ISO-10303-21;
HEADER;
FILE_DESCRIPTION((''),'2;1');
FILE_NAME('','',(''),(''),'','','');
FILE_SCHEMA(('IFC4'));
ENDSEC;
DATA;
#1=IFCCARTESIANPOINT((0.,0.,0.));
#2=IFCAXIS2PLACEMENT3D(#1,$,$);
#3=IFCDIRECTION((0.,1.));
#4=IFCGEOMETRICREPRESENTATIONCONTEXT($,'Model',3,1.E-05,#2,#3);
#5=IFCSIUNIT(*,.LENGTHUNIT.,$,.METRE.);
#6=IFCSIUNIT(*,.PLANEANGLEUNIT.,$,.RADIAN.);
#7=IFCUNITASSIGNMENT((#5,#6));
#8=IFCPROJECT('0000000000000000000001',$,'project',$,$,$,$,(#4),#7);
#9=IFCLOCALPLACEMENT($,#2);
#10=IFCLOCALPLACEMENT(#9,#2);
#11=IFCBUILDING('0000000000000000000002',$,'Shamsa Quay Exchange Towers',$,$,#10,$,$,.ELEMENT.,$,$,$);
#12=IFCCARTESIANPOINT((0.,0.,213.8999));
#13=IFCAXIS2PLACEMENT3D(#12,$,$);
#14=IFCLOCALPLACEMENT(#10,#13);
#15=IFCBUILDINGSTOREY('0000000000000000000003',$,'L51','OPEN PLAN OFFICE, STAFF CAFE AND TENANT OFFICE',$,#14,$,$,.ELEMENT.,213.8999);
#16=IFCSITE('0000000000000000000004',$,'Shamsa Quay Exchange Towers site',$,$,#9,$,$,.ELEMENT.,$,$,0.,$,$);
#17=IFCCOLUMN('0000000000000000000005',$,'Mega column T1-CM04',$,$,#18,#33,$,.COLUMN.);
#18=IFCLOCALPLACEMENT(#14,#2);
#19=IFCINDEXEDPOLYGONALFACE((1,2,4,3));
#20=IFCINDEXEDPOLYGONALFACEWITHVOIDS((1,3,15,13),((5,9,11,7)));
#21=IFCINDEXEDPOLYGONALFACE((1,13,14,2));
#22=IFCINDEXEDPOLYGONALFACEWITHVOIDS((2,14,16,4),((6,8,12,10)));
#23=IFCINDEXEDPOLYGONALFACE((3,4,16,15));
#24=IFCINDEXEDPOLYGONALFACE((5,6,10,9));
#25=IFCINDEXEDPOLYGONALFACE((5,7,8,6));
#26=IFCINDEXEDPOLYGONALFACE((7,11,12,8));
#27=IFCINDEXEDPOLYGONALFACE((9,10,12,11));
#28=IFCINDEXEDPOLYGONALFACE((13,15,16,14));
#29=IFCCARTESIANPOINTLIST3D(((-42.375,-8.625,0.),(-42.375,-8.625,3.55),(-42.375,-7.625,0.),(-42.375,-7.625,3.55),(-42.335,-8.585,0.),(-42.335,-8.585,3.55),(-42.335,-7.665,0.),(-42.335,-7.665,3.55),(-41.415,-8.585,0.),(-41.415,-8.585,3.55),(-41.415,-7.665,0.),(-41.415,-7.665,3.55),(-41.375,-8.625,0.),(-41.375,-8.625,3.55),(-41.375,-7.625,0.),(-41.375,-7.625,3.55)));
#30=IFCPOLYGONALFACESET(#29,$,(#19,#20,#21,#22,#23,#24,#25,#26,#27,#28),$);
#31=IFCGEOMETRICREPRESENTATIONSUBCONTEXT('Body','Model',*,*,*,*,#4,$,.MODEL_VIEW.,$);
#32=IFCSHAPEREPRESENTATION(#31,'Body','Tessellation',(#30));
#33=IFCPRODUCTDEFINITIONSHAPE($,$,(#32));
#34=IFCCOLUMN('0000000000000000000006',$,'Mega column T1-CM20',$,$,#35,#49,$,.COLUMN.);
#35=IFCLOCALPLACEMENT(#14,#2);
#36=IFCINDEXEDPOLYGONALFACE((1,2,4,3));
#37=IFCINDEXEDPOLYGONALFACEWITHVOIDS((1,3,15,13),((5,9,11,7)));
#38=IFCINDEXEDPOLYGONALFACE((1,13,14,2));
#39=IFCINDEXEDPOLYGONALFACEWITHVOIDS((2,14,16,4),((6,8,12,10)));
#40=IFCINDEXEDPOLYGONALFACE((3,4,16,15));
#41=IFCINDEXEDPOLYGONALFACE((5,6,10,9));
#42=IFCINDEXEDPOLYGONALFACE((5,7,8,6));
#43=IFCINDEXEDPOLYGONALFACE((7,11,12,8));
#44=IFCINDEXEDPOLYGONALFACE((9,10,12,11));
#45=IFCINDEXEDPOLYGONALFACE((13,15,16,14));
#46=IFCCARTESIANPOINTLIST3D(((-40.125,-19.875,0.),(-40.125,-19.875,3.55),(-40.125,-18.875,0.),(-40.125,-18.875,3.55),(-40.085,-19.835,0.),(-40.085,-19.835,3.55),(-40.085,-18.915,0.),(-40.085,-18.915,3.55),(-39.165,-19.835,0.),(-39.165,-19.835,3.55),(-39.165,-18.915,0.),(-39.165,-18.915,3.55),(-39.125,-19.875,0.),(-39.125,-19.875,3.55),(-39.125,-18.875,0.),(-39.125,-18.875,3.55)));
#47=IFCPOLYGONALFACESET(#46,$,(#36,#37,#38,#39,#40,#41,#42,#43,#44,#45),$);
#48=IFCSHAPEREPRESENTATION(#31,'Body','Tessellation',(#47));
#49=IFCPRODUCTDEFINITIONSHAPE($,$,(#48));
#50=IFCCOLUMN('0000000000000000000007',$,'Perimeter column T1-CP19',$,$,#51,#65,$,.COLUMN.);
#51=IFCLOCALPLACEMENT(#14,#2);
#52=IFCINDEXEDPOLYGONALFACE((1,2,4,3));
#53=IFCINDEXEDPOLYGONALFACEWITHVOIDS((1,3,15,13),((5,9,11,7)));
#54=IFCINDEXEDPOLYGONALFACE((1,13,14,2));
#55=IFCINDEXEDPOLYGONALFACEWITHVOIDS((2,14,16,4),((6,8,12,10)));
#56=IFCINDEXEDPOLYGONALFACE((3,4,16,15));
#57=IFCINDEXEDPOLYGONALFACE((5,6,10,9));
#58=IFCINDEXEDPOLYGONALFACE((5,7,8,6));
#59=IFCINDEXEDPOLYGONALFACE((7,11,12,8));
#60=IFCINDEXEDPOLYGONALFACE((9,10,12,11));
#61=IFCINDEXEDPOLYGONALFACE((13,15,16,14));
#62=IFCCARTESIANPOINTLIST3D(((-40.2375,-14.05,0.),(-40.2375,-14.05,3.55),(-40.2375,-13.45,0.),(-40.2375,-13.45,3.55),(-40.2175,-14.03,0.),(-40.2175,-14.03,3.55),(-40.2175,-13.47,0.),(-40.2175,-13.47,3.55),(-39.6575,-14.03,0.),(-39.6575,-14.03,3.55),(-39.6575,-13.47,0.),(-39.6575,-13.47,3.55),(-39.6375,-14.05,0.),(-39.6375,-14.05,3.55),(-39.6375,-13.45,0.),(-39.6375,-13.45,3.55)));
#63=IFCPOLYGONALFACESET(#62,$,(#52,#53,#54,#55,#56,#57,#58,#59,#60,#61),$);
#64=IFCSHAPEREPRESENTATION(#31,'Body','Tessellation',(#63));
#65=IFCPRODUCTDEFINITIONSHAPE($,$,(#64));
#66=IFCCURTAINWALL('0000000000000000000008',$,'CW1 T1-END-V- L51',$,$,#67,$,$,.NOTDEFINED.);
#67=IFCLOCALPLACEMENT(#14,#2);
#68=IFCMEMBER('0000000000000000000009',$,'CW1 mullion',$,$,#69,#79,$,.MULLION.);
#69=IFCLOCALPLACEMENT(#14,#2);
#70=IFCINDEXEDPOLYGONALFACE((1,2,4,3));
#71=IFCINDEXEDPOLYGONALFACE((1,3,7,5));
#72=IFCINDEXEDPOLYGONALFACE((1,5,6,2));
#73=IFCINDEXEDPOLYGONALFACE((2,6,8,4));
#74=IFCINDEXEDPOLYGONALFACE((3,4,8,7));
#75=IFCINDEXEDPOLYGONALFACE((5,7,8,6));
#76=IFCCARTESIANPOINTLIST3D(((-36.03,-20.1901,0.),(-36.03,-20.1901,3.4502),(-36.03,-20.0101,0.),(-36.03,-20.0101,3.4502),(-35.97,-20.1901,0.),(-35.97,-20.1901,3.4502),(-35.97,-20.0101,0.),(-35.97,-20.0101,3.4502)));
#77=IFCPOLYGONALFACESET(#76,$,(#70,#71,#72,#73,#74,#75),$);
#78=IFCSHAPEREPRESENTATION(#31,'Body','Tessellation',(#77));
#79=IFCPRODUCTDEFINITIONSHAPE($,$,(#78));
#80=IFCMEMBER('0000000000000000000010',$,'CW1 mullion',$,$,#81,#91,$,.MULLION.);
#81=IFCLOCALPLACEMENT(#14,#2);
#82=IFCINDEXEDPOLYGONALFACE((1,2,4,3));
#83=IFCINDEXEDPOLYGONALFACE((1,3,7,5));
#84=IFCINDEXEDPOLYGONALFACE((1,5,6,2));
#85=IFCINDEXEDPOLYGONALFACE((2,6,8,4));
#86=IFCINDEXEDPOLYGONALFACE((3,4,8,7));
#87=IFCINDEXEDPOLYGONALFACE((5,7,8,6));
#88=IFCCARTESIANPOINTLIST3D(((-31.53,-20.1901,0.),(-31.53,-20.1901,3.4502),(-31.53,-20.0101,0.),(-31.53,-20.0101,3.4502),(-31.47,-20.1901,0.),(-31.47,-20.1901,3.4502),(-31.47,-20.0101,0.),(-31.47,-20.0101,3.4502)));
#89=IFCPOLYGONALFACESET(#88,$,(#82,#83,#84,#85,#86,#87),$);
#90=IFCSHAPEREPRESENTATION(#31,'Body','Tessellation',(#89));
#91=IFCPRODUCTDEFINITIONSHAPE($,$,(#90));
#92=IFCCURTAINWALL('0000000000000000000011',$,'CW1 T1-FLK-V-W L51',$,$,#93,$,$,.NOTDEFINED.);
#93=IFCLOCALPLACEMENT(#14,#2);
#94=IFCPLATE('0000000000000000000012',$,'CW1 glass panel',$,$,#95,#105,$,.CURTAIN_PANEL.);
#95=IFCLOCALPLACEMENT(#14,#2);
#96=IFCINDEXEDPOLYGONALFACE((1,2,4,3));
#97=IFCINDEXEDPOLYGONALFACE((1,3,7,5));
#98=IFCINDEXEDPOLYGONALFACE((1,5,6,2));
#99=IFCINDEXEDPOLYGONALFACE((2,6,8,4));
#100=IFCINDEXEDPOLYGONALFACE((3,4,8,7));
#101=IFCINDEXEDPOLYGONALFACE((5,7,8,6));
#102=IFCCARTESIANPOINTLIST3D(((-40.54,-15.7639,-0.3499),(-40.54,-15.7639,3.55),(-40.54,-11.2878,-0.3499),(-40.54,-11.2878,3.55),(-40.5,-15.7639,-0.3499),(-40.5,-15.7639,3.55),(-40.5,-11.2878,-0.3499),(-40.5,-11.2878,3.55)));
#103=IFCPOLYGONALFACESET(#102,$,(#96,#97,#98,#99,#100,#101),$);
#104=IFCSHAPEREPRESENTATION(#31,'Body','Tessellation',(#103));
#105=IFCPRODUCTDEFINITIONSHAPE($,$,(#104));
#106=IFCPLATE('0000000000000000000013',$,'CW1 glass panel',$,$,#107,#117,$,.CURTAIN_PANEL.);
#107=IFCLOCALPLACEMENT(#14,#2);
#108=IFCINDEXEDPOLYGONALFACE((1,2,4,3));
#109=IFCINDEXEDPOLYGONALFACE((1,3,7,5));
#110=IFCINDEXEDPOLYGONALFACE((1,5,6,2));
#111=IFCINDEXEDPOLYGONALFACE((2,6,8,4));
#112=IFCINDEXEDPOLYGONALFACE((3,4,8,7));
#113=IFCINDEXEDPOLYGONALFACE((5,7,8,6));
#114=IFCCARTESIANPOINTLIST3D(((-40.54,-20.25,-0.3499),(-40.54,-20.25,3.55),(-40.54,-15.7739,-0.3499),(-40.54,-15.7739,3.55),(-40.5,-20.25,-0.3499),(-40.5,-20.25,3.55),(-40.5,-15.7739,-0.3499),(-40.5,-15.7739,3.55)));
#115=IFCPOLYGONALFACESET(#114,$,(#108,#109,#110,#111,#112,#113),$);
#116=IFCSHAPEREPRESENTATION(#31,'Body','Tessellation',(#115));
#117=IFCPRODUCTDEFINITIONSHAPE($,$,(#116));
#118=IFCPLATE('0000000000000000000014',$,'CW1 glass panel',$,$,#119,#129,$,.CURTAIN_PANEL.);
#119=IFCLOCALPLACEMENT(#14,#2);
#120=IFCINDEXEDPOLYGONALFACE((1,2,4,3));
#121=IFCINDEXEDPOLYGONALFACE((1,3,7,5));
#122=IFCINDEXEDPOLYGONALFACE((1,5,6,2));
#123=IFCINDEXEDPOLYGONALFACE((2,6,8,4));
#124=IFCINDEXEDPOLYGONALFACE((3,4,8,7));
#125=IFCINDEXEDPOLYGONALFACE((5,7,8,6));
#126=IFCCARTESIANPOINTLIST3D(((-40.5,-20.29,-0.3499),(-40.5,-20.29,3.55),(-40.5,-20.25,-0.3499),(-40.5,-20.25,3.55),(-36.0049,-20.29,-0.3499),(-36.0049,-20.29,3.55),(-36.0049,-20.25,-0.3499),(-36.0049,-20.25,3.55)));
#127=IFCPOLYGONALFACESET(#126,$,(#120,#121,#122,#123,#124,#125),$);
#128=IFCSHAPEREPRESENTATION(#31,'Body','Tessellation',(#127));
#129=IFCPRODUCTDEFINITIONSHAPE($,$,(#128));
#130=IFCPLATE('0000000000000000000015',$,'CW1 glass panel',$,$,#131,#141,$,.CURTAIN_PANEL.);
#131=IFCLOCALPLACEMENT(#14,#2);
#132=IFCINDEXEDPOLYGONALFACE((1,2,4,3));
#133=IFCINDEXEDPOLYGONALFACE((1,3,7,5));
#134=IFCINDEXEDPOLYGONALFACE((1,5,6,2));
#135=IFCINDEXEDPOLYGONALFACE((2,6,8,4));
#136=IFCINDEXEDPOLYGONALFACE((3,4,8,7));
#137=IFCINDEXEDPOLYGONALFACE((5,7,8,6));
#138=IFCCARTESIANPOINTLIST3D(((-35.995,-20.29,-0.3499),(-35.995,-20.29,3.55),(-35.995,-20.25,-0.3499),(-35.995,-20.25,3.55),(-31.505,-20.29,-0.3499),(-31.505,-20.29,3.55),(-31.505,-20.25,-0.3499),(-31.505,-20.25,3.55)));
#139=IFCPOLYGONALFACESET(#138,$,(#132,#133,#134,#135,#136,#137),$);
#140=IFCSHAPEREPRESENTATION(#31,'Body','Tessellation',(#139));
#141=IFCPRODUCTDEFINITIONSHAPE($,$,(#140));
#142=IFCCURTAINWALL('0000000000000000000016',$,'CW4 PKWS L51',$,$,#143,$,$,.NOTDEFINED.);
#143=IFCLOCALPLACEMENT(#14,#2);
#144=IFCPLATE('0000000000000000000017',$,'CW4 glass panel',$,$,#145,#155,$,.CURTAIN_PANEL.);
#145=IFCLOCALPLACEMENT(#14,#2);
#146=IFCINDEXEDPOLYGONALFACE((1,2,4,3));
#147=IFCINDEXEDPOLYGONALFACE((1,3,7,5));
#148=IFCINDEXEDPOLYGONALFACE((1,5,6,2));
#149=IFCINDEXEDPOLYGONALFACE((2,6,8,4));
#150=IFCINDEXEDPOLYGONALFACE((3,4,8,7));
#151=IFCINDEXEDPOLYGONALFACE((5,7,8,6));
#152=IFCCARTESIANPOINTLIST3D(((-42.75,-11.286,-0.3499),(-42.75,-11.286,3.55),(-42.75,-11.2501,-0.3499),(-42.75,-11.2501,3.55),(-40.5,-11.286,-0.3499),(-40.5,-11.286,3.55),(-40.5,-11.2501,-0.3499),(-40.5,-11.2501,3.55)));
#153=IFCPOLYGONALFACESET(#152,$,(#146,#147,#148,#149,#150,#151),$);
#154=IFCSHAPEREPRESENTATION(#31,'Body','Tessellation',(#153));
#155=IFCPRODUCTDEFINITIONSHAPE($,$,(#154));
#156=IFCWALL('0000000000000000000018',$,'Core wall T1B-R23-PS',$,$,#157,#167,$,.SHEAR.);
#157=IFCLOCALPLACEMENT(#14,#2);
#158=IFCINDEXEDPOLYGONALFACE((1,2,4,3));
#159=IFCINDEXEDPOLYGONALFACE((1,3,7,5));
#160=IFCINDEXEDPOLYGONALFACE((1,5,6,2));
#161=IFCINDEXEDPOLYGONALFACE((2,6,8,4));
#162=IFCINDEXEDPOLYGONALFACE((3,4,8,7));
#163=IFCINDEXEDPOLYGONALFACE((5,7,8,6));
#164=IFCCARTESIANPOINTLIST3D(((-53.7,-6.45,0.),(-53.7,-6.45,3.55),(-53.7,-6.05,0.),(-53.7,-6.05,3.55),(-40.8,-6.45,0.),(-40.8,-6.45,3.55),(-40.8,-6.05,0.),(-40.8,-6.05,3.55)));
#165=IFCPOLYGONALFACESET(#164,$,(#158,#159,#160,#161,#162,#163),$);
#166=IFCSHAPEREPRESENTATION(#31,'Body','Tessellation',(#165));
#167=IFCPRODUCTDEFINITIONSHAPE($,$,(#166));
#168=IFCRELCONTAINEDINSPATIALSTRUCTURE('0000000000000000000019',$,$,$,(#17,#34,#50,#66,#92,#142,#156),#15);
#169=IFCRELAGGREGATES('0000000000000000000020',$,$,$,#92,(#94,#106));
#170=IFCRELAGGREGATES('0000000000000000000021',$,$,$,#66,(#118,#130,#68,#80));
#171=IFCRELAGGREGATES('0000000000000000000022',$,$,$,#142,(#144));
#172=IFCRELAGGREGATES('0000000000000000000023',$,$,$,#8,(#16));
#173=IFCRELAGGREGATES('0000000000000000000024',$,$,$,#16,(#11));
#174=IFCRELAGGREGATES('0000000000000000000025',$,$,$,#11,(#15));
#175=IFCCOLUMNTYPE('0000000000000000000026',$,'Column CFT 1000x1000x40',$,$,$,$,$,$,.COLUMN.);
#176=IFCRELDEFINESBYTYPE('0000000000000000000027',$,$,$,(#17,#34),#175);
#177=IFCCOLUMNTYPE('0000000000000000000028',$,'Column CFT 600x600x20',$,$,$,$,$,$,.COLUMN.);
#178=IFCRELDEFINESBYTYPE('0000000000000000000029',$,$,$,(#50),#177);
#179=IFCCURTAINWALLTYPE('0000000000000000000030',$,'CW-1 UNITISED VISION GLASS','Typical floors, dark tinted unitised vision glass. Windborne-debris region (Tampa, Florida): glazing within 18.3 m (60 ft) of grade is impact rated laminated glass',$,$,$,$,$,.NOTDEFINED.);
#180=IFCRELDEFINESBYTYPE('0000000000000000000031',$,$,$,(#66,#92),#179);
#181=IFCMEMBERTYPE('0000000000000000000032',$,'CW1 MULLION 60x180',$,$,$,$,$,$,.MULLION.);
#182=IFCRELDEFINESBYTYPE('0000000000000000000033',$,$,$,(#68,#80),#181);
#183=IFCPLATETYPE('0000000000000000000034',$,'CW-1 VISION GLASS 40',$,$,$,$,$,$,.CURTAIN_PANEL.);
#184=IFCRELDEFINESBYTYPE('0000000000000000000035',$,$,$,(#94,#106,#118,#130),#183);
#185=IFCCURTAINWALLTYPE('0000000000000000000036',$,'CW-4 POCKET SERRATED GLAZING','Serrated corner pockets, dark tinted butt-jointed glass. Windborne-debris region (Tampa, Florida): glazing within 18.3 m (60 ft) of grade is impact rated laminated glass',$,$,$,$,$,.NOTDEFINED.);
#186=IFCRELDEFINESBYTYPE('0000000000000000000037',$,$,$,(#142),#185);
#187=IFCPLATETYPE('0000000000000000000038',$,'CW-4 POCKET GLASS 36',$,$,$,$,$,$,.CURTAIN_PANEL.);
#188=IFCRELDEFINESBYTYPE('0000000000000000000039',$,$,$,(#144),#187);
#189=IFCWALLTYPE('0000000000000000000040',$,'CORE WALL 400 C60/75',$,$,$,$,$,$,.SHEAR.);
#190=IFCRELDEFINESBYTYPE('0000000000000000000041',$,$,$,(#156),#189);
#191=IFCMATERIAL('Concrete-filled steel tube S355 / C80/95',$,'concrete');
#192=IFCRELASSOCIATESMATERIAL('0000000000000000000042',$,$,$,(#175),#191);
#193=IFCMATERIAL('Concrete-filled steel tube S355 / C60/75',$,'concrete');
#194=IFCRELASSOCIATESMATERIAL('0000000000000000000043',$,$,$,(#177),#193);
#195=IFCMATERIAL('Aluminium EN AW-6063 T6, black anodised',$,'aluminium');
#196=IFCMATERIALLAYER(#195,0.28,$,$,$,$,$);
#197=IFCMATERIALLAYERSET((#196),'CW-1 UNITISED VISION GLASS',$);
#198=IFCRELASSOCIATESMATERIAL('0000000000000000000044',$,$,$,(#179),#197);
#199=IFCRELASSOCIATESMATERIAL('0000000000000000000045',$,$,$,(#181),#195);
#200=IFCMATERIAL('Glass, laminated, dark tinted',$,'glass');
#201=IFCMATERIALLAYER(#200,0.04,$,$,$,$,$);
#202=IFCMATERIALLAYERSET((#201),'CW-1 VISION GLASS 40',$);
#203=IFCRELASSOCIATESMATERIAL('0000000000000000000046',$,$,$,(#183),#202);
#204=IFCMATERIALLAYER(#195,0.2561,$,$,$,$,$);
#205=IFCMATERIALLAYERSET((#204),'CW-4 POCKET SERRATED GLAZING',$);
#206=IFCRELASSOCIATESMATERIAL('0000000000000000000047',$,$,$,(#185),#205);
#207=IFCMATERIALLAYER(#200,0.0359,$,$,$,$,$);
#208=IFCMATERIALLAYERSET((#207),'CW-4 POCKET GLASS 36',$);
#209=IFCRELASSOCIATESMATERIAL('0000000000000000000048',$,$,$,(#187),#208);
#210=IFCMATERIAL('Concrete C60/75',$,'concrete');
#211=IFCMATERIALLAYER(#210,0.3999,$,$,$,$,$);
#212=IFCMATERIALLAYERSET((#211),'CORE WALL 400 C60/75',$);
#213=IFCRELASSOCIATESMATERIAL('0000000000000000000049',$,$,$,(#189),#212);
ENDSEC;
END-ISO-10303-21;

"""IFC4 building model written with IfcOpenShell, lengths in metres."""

from ifc_helpers import new_model, si_unit, direction, frame, frame_2d, origin, origin_2d, place, context, subcontext, project, spatial, rectangle, hollow_rectangle, extrude, material, layer, layer_set, material_profile, profile_set, type_object, element, aggregate, save


model = new_model("IFC4")

# Units and contexts
model_context = context("Model", 3, precision=1e-05, world=origin(), true_north=direction((0.0, 1.0)))
body_context = subcontext(model_context, "Body", "Model", "MODEL_VIEW")
ifc_project = project(units=[si_unit("LENGTHUNIT", "METRE"), si_unit("PLANEANGLEUNIT", "RADIAN")], contexts=[model_context])

# Site, building, storey
site_placement = place(None, origin())
site = spatial("IfcSite", under=ifc_project, at=site_placement, Name="Shamsa Quay Exchange Towers site", CompositionType="ELEMENT", RefElevation=0.0)
building_placement = place(site_placement, origin())
building = spatial("IfcBuilding", under=site, at=building_placement, Name="Shamsa Quay Exchange Towers", CompositionType="ELEMENT")
storey_placement = place(building_placement, frame((0.0, 0.0, 213.8999)))
storey = spatial("IfcBuildingStorey", under=building, at=storey_placement, Name="L51", Description="OPEN PLAN OFFICE, STAFF CAFE AND TENANT OFFICE", CompositionType="ELEMENT", Elevation=213.8999)

# Columns
ifc_material_1 = material(Name="Concrete-filled steel tube S355 / C80/95", Category="concrete")
ifc_material_profile_1 = material_profile(ifc_material_1, hollow_rectangle(XDim=1.0, YDim=1.0, WallThickness=0.04, at=origin_2d()), Name="CFT 1000x1000x40")
ifc_profile_set_1 = profile_set([ifc_material_profile_1], Name="Concrete-filled steel tube S355 / C80/95")
column_type_1 = type_object("IfcColumnType", Name="Column CFT 1000x1000x40", PredefinedType="COLUMN", material=ifc_profile_set_1)
for number, where, name in (
    (1, (-41.875, -8.125, 0.0), "Mega column T1-CM04"),
    (2, (-39.625, -19.375, 0.0), "Mega column T1-CM20"),
):
    element("IfcColumn", number, at=place(storey_placement, frame(where)), inside=storey, type_object=column_type_1, Name=name, PredefinedType="COLUMN", context=body_context, shape_type="SweptSolid", body=[
        extrude(hollow_rectangle(XDim=1.0, YDim=1.0, WallThickness=0.04, at=origin_2d()), origin(), (0.0, 0.0, 1.0), 3.55),
    ])
ifc_material_2 = material(Name="Concrete-filled steel tube S355 / C60/75", Category="concrete")
ifc_material_profile_2 = material_profile(ifc_material_2, hollow_rectangle(XDim=0.6001, YDim=0.6001, WallThickness=0.02, at=origin_2d()), Name="CFT 600x600x20")
ifc_profile_set_2 = profile_set([ifc_material_profile_2], Name="Concrete-filled steel tube S355 / C60/75")
column_type_2 = type_object("IfcColumnType", Name="Column CFT 600x600x20", PredefinedType="COLUMN", material=ifc_profile_set_2)
column_placement = place(storey_placement, frame((-39.9375, -13.75, 0.0)))
element("IfcColumn", 3, at=column_placement, inside=storey, type_object=column_type_2, Name="Perimeter column T1-CP19", PredefinedType="COLUMN", context=body_context, shape_type="SweptSolid", body=[
    extrude(hollow_rectangle(XDim=0.6001, YDim=0.6001, WallThickness=0.02, at=origin_2d()), origin(), (0.0, 0.0, 1.0), 3.55),
])

# Curtain wall, members
ifc_material_3 = material(Name="Aluminium EN AW-6063 T6, black anodised", Category="aluminium")
ifc_layer_1 = layer(ifc_material_3, 0.28)
ifc_layer_set_1 = layer_set([ifc_layer_1], Name="CW-1 UNITISED VISION GLASS")
curtain_wall_type_1 = type_object("IfcCurtainWallType", Name="CW-1 UNITISED VISION GLASS", Description="Typical floors, dark tinted unitised vision glass. Windborne-debris region (Tampa, Florida): glazing within 18.3 m (60 ft) of grade is impact rated laminated glass", PredefinedType="NOTDEFINED", material=ifc_layer_set_1)
curtain_wall_1_placement = place(storey_placement, origin())
curtain_wall_1 = element("IfcCurtainWall", 4, at=curtain_wall_1_placement, inside=storey, type_object=curtain_wall_type_1, Name="CW1 T1-END-V- L51", PredefinedType="NOTDEFINED")
ifc_material_profile_3 = material_profile(ifc_material_3, rectangle(XDim=0.1799, YDim=0.0601, at=origin_2d()), Name="MU60x180")
ifc_profile_set_3 = profile_set([ifc_material_profile_3], Name="Aluminium EN AW-6063 T6, black anodised")
member_type = type_object("IfcMemberType", Name="CW1 MULLION 60x180", PredefinedType="MULLION", material=ifc_profile_set_3)
member_1_placement = place(storey_placement, frame((-36.0, -20.1001, 0.0), z_axis=(0.0, 0.0, 1.0), x_axis=(0.0, 1.0, 0.0)))
member_1 = element("IfcMember", 5, at=member_1_placement, type_object=member_type, Name="CW1 mullion", PredefinedType="MULLION", context=body_context, shape_type="SweptSolid", body=[
    extrude(rectangle(XDim=0.1799, YDim=0.0601, at=origin_2d()), origin(), (0.0, 0.0, 1.0), 3.4502),
])
member_2_placement = place(storey_placement, frame((-31.5, -20.1001, 0.0), z_axis=(0.0, 0.0, 1.0), x_axis=(0.0, 1.0, 0.0)))
member_2 = element("IfcMember", 6, at=member_2_placement, type_object=member_type, Name="CW1 mullion", PredefinedType="MULLION", context=body_context, shape_type="SweptSolid", body=[
    extrude(rectangle(XDim=0.1799, YDim=0.0601, at=origin_2d()), origin(), (0.0, 0.0, 1.0), 3.4502),
])

# Curtain wall, plates
curtain_wall_2_placement = place(storey_placement, origin())
curtain_wall_2 = element("IfcCurtainWall", 7, at=curtain_wall_2_placement, inside=storey, type_object=curtain_wall_type_1, Name="CW1 T1-FLK-V-W L51", PredefinedType="NOTDEFINED")
ifc_material_4 = material(Name="Glass, laminated, dark tinted", Category="glass")
ifc_layer_2 = layer(ifc_material_4, 0.04)
ifc_layer_set_2 = layer_set([ifc_layer_2], Name="CW-1 VISION GLASS 40")
plate_type_1 = type_object("IfcPlateType", Name="CW-1 VISION GLASS 40", PredefinedType="CURTAIN_PANEL", material=ifc_layer_set_2)
plate_1_placement = place(storey_placement, frame((-40.52, -13.5259, -0.3499), z_axis=(0.0, 0.0, 1.0), x_axis=(0.0, -1.0, 0.0)))
plate_1 = element("IfcPlate", 8, at=plate_1_placement, type_object=plate_type_1, Name="CW1 glass panel", PredefinedType="CURTAIN_PANEL", context=body_context, shape_type="SweptSolid", body=[
    extrude(rectangle(XDim=4.4761, YDim=0.04, at=origin_2d()), origin(), (0.0, 0.0, 1.0), 3.8999),
])
plate_2_placement = place(storey_placement, frame((-40.52, -18.012, -0.3499), z_axis=(0.0, 0.0, 1.0), x_axis=(0.0, -1.0, 0.0)))
plate_2 = element("IfcPlate", 9, at=plate_2_placement, type_object=plate_type_1, Name="CW1 glass panel", PredefinedType="CURTAIN_PANEL", context=body_context, shape_type="SweptSolid", body=[
    extrude(rectangle(XDim=4.4761, YDim=0.04, at=origin_2d()), origin(), (0.0, 0.0, 1.0), 3.8999),
])
aggregate(curtain_wall_2, [plate_1, plate_2])

# Plates
plate_3_placement = place(storey_placement, frame((-38.2524, -20.27, -0.3499)))
plate_3 = element("IfcPlate", 10, at=plate_3_placement, type_object=plate_type_1, Name="CW1 glass panel", PredefinedType="CURTAIN_PANEL", context=body_context, shape_type="SweptSolid", body=[
    extrude(rectangle(XDim=4.4951, YDim=0.04, at=origin_2d()), origin(), (0.0, 0.0, 1.0), 3.8999),
])
plate_4_placement = place(storey_placement, frame((-33.75, -20.27, -0.3499)))
plate_4 = element("IfcPlate", 11, at=plate_4_placement, type_object=plate_type_1, Name="CW1 glass panel", PredefinedType="CURTAIN_PANEL", context=body_context, shape_type="SweptSolid", body=[
    extrude(rectangle(XDim=4.49, YDim=0.04, at=origin_2d()), origin(), (0.0, 0.0, 1.0), 3.8999),
])
aggregate(curtain_wall_1, [plate_3, plate_4, member_1, member_2])

# Curtain wall, plate
ifc_layer_3 = layer(ifc_material_3, 0.2561)
ifc_layer_set_3 = layer_set([ifc_layer_3], Name="CW-4 POCKET SERRATED GLAZING")
curtain_wall_type_2 = type_object("IfcCurtainWallType", Name="CW-4 POCKET SERRATED GLAZING", Description="Serrated corner pockets, dark tinted butt-jointed glass. Windborne-debris region (Tampa, Florida): glazing within 18.3 m (60 ft) of grade is impact rated laminated glass", PredefinedType="NOTDEFINED", material=ifc_layer_set_3)
curtain_wall_3_placement = place(storey_placement, origin())
curtain_wall_3 = element("IfcCurtainWall", 12, at=curtain_wall_3_placement, inside=storey, type_object=curtain_wall_type_2, Name="CW4 PKWS L51", PredefinedType="NOTDEFINED")
ifc_layer_4 = layer(ifc_material_4, 0.0359)
ifc_layer_set_4 = layer_set([ifc_layer_4], Name="CW-4 POCKET GLASS 36")
plate_type_2 = type_object("IfcPlateType", Name="CW-4 POCKET GLASS 36", PredefinedType="CURTAIN_PANEL", material=ifc_layer_set_4)
plate_5_placement = place(storey_placement, frame((-41.625, -11.2681, -0.3499)))
plate_5 = element("IfcPlate", 13, at=plate_5_placement, type_object=plate_type_2, Name="CW4 glass panel", PredefinedType="CURTAIN_PANEL", context=body_context, shape_type="SweptSolid", body=[
    extrude(rectangle(XDim=2.25, YDim=0.0359, at=origin_2d()), origin(), (0.0, 0.0, 1.0), 3.8999),
])
aggregate(curtain_wall_3, [plate_5])

# Wall
ifc_material_5 = material(Name="Concrete C60/75", Category="concrete")
ifc_layer_5 = layer(ifc_material_5, 0.3999)
ifc_layer_set_5 = layer_set([ifc_layer_5], Name="CORE WALL 400 C60/75")
wall_type_1 = type_object("IfcWallType", Name="CORE WALL 400 C60/75", PredefinedType="SHEAR", material=ifc_layer_set_5)
wall_1_placement = place(storey_placement, frame((-40.8, -6.25, 0.0), z_axis=(0.0, 0.0, 1.0), x_axis=(-1.0, 0.0, 0.0)))
element("IfcWall", 14, at=wall_1_placement, inside=storey, type_object=wall_type_1, Name="Core wall T1B-R23-PS", PredefinedType="SHEAR", context=body_context, shape_type="SweptSolid", body=[
    extrude(rectangle(XDim=12.8999, YDim=0.3999, at=frame_2d((6.45, 0.0))), origin(), (0.0, 0.0, 1.0), 3.55),
])

save(model, "model.ifc")
